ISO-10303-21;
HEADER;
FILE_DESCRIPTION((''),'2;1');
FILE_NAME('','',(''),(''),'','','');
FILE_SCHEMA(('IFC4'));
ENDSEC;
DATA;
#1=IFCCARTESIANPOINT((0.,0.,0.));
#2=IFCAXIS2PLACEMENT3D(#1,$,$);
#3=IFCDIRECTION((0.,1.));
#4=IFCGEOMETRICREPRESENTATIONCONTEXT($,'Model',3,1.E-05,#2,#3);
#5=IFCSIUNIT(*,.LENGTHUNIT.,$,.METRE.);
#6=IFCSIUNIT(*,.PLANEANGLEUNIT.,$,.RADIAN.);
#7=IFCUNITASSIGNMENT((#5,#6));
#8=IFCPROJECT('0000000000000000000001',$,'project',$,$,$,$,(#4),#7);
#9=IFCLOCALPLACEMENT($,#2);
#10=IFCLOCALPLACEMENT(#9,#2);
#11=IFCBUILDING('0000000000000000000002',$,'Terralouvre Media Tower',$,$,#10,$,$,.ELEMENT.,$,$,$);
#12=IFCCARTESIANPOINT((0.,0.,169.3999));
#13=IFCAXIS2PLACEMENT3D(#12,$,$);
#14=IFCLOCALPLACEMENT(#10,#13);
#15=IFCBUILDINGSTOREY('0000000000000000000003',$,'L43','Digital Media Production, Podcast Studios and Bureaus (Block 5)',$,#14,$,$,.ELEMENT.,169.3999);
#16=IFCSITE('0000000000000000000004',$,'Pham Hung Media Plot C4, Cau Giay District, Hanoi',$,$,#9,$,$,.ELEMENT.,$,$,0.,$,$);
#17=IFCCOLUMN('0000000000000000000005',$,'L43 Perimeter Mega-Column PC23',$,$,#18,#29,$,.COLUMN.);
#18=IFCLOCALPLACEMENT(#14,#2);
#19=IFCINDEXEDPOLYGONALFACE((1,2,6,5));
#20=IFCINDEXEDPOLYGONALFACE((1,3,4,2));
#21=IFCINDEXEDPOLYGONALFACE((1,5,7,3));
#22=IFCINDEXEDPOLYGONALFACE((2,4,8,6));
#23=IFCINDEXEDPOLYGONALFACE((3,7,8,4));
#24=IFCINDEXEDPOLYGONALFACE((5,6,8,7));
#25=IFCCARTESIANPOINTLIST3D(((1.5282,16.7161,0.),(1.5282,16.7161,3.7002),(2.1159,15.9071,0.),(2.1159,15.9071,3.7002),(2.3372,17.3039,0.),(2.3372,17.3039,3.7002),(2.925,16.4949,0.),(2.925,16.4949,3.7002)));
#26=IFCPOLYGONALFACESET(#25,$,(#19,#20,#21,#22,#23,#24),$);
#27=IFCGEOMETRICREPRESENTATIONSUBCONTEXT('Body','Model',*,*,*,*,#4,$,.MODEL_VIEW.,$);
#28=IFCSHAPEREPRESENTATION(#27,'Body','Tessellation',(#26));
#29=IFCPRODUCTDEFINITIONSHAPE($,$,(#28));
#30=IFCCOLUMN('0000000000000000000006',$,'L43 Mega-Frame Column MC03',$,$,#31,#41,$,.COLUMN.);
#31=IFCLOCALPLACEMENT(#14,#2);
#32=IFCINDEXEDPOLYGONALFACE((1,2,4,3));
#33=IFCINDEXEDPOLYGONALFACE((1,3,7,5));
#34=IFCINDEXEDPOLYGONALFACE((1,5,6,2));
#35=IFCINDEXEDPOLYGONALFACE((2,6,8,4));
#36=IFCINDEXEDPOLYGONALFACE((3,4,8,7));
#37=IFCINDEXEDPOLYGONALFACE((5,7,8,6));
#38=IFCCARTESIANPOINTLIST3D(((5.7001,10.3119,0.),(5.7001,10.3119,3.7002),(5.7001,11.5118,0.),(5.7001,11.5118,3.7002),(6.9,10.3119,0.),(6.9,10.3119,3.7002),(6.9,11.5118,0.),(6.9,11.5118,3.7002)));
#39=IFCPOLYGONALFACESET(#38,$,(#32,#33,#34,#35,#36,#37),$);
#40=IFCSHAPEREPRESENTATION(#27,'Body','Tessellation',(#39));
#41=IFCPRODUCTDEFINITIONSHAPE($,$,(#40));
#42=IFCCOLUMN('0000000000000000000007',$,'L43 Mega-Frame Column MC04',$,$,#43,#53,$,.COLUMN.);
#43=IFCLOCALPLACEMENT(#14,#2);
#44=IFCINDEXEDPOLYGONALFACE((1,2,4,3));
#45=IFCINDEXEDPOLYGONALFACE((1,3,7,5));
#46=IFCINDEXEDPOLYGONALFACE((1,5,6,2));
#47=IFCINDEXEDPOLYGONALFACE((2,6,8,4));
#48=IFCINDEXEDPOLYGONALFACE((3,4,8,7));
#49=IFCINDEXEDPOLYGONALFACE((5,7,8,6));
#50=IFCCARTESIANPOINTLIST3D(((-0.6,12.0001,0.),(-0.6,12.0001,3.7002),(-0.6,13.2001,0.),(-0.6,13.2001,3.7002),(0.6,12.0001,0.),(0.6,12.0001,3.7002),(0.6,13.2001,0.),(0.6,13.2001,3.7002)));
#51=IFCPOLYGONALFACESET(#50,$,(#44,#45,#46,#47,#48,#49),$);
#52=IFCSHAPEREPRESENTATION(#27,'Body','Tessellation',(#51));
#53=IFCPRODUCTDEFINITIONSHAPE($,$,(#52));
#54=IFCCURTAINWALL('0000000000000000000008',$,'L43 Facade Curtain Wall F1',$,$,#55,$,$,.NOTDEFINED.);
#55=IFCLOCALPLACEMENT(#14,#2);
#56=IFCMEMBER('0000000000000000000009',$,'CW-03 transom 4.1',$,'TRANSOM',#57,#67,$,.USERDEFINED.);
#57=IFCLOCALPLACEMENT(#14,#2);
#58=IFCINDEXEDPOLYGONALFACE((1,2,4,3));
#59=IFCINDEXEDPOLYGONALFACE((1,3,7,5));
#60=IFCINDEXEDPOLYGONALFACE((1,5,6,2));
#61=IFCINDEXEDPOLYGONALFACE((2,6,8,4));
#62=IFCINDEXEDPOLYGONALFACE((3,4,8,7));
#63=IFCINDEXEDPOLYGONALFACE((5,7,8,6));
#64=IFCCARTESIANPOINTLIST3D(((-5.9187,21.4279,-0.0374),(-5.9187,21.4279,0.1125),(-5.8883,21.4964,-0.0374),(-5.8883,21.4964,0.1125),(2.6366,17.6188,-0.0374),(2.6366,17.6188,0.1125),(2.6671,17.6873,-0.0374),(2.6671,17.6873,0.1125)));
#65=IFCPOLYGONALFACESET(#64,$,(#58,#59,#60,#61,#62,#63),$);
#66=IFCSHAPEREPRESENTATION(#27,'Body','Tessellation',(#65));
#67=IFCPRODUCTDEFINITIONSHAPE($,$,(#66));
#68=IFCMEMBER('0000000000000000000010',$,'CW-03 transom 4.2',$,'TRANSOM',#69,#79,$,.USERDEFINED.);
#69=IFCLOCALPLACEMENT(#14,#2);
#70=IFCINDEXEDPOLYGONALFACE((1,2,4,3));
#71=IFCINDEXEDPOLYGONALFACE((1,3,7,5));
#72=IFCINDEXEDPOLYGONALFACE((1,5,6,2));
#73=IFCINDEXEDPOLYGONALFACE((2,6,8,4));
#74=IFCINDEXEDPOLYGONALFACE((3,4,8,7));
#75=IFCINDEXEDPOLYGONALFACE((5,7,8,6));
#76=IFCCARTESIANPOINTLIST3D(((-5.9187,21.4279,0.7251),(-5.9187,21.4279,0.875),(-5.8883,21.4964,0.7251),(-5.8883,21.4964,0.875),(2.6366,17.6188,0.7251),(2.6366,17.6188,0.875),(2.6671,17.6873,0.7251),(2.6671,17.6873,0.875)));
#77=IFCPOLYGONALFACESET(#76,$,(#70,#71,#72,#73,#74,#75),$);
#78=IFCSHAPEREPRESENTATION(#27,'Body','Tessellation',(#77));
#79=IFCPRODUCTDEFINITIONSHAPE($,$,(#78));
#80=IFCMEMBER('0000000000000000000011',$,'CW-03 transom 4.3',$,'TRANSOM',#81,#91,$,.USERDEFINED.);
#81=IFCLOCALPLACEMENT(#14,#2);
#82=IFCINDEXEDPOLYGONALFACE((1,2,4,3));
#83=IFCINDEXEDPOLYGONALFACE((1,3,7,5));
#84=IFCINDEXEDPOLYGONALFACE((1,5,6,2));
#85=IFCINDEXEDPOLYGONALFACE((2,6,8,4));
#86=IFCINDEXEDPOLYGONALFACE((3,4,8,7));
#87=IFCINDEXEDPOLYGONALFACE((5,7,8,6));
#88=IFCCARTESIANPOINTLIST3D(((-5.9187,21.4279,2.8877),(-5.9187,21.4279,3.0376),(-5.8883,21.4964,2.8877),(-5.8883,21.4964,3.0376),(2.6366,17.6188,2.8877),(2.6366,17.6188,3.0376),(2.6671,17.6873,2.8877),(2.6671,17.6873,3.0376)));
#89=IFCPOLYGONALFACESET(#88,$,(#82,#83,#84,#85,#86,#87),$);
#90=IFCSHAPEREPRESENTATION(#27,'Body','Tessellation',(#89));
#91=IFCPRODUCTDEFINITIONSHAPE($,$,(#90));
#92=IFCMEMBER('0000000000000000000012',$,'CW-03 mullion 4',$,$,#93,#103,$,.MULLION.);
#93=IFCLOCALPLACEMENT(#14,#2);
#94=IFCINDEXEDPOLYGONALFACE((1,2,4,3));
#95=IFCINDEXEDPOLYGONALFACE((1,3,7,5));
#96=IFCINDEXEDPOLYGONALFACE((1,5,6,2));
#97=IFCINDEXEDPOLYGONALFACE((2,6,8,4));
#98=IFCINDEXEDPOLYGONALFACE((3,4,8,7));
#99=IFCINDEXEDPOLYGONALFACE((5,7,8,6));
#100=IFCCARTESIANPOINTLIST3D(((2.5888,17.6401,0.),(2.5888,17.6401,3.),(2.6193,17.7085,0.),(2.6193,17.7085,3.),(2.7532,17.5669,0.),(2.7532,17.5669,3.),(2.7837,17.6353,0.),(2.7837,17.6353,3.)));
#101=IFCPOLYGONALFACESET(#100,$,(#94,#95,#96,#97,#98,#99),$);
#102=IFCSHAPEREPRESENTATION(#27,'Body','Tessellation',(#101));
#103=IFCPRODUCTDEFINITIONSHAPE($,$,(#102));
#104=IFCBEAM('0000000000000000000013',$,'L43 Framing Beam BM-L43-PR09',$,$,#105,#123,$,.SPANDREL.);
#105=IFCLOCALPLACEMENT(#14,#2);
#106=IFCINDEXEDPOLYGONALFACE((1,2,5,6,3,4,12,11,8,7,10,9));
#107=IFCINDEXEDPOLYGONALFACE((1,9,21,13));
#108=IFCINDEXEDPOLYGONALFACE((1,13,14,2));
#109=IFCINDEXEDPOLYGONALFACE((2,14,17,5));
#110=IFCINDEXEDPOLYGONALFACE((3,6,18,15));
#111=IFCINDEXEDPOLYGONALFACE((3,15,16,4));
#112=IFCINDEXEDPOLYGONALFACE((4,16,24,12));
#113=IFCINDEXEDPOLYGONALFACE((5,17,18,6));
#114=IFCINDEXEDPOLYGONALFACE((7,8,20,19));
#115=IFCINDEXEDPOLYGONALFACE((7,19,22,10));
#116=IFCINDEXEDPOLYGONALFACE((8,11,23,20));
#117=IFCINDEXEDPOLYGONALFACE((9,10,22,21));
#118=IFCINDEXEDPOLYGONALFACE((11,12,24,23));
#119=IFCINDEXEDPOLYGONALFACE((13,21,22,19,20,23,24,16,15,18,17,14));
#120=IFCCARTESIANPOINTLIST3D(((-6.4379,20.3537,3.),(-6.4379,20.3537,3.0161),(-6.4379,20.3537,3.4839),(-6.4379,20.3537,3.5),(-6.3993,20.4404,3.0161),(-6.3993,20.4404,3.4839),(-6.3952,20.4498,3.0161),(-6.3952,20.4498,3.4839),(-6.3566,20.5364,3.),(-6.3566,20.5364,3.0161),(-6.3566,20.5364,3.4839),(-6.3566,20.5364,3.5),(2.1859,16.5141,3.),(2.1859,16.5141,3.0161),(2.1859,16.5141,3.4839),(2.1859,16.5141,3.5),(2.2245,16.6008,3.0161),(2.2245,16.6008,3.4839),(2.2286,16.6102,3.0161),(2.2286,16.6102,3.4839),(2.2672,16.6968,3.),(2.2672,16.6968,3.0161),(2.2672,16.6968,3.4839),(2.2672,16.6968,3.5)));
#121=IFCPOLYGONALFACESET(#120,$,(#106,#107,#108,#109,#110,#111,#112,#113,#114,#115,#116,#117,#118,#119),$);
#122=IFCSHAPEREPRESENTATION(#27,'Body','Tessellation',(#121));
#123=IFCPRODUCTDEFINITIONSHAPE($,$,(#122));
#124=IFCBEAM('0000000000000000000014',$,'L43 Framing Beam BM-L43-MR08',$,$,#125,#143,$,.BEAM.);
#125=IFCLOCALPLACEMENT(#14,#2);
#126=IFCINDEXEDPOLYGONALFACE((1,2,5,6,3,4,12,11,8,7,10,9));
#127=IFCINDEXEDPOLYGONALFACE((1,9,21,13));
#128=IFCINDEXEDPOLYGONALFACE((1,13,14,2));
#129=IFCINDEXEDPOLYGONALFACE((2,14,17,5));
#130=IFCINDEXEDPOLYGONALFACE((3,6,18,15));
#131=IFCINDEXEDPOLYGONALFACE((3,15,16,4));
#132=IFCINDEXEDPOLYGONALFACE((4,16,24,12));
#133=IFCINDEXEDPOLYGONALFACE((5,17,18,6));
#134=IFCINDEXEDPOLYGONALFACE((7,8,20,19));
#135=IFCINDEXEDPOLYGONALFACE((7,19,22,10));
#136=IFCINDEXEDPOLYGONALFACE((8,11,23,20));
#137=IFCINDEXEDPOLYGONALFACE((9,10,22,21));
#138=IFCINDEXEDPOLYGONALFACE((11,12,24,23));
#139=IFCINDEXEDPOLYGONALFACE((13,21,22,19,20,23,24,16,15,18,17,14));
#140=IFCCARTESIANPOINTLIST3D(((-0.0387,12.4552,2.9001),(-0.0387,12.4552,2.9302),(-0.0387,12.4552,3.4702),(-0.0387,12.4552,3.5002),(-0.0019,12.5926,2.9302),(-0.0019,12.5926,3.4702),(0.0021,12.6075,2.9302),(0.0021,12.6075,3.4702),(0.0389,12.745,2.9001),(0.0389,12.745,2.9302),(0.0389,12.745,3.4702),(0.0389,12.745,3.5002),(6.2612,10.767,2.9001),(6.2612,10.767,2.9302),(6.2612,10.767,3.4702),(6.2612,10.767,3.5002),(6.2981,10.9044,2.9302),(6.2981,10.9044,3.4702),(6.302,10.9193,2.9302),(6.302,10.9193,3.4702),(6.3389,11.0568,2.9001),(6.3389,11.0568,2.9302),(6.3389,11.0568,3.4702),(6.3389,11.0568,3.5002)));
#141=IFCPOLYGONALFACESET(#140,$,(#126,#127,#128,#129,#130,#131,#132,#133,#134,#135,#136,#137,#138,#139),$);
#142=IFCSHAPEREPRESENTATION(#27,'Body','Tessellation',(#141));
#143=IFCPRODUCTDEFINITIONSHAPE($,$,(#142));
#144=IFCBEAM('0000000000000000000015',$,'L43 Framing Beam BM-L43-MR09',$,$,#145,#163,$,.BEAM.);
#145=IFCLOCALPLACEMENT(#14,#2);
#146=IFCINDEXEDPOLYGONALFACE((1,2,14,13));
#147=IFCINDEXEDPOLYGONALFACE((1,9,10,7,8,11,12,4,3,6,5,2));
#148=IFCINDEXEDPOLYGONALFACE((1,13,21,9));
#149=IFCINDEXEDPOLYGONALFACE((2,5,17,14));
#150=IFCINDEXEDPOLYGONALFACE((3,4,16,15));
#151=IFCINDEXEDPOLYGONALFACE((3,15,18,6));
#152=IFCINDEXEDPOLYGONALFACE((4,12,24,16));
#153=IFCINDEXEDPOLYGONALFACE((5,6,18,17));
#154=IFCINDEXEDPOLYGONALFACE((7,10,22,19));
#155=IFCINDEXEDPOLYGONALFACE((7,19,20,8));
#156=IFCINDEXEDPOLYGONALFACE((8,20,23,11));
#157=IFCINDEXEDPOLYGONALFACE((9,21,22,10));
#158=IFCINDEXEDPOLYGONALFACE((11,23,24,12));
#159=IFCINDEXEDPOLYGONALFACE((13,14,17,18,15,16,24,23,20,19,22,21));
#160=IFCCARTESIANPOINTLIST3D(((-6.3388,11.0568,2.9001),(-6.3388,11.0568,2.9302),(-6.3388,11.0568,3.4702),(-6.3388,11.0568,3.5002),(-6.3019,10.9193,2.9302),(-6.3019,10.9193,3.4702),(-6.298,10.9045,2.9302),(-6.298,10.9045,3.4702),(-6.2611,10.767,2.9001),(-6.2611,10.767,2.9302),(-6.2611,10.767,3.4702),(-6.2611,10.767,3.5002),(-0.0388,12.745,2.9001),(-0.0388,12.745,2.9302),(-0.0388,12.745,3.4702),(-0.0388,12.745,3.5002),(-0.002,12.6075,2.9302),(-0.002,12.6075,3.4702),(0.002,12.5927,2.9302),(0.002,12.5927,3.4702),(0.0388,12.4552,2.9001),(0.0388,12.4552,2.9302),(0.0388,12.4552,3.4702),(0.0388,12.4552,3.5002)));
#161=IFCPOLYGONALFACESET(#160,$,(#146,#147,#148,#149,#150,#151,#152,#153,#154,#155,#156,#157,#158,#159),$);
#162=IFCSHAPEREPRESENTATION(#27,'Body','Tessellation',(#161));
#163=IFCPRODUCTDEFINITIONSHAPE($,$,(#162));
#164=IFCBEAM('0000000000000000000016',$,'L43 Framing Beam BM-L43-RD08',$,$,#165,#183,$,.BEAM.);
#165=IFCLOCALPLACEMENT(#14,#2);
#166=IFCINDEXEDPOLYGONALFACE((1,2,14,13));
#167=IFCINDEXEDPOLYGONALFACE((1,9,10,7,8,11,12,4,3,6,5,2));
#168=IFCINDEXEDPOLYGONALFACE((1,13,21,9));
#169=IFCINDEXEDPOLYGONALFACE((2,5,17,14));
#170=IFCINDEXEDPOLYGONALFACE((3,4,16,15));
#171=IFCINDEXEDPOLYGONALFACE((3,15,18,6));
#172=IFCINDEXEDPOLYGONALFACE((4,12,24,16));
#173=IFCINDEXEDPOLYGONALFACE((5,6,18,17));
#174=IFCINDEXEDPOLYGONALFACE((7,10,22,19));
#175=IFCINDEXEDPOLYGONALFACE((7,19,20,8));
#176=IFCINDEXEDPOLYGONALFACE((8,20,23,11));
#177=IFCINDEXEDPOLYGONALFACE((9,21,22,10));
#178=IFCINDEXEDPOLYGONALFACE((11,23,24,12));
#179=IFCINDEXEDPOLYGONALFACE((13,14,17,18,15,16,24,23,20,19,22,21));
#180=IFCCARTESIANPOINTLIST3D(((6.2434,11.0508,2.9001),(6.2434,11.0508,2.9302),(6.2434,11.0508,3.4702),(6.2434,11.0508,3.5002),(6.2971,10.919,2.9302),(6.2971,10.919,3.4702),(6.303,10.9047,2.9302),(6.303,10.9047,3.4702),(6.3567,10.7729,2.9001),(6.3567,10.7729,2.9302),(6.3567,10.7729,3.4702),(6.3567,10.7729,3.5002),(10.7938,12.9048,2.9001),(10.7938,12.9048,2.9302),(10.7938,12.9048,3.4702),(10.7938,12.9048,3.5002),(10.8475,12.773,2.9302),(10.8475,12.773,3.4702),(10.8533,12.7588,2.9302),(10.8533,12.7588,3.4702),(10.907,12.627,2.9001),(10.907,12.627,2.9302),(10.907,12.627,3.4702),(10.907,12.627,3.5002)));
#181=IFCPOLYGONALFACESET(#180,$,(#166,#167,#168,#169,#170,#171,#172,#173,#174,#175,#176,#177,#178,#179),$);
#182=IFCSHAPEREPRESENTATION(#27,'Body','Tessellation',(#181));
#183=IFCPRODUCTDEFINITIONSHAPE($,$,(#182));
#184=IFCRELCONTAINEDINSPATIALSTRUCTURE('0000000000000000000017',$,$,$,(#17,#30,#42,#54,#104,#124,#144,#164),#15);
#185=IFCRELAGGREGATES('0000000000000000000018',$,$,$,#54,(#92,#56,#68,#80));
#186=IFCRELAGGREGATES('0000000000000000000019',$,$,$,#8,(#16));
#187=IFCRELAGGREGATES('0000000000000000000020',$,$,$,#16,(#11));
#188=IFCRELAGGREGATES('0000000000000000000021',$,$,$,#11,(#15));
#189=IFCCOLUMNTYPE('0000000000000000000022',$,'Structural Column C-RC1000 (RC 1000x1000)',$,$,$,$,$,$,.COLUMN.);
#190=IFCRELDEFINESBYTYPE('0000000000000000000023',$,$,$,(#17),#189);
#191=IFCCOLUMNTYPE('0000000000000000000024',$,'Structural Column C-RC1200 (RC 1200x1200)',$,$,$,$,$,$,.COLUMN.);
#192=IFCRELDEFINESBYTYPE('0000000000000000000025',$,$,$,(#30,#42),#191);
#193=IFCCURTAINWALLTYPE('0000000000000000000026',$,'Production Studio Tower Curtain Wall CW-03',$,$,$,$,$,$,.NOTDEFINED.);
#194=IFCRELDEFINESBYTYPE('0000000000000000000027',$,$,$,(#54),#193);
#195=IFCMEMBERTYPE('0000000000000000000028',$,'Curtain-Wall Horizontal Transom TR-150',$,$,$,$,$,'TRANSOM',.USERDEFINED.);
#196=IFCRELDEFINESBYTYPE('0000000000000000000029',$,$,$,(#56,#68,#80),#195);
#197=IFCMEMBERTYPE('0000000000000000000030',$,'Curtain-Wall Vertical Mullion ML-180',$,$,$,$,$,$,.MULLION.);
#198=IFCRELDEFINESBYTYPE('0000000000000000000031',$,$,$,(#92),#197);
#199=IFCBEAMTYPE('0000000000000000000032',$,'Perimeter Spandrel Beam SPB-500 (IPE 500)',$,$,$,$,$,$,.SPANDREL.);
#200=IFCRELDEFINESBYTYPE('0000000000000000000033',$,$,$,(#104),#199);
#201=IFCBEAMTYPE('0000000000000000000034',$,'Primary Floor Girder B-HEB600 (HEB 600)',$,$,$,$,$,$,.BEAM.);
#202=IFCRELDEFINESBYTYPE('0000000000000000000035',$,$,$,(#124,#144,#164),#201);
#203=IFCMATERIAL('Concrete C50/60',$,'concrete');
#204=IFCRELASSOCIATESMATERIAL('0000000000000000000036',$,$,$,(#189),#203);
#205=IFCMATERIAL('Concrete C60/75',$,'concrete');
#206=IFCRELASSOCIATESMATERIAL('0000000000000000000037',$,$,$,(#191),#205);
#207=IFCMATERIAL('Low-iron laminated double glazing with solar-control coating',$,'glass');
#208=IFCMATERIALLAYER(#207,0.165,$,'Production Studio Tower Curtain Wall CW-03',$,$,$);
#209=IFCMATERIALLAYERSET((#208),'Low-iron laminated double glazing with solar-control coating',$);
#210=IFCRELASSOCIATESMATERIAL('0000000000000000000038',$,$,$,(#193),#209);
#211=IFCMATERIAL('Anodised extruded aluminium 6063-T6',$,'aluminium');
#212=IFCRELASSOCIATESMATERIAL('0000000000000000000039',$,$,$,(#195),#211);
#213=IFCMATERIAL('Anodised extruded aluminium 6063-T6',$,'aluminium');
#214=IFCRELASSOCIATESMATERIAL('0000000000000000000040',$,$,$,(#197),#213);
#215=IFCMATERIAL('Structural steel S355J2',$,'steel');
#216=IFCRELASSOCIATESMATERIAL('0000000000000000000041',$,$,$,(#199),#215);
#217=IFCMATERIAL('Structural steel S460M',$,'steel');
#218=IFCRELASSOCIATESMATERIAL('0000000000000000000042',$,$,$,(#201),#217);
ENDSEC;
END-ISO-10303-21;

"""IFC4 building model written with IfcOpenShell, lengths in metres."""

from ifc_helpers import new_model, si_unit, direction, frame, origin, origin_2d, place, context, subcontext, project, spatial, rectangle, i_section, extrude, material, layer, layer_set, material_profile, profile_set, type_object, element, aggregate, save


model = new_model("IFC4")

# Units and contexts
model_context = context("Model", 3, precision=1e-05, world=origin(), true_north=direction((0.0, 1.0)))
body_context = subcontext(model_context, "Body", "Model", "MODEL_VIEW")
ifc_project = project(units=[si_unit("LENGTHUNIT", "METRE"), si_unit("PLANEANGLEUNIT", "RADIAN")], contexts=[model_context])

# Site, building, storey
site_placement = place(None, origin())
site = spatial("IfcSite", under=ifc_project, at=site_placement, Name="Pham Hung Media Plot C4, Cau Giay District, Hanoi", CompositionType="ELEMENT", RefElevation=0.0)
building_placement = place(site_placement, origin())
building = spatial("IfcBuilding", under=site, at=building_placement, Name="Terralouvre Media Tower", CompositionType="ELEMENT")
storey_placement = place(building_placement, frame((0.0, 0.0, 169.3999)))
storey = spatial("IfcBuildingStorey", under=building, at=storey_placement, Name="L43", Description="Digital Media Production, Podcast Studios and Bureaus (Block 5)", CompositionType="ELEMENT", Elevation=169.3999)

# Columns
ifc_material_1 = material(Name="Concrete C50/60", Category="concrete")
ifc_material_profile_1 = material_profile(ifc_material_1, rectangle(XDim=1.0, YDim=1.0, at=origin_2d()), Name="RC 1000x1000")
ifc_profile_set_1 = profile_set([ifc_material_profile_1], Name="Concrete C50/60")
column_type_1 = type_object("IfcColumnType", Name="Structural Column C-RC1000 (RC 1000x1000)", PredefinedType="COLUMN", material=ifc_profile_set_1)
column_placement = place(storey_placement, frame((2.2266, 16.6055, 0.0), z_axis=(0.0, 0.0, 1.0), x_axis=(0.809017, 0.587785, 0.0)))
element("IfcColumn", 1, at=column_placement, inside=storey, type_object=column_type_1, Name="L43 Perimeter Mega-Column PC23", PredefinedType="COLUMN", context=body_context, shape_type="SweptSolid", body=[
    extrude(rectangle(XDim=1.0, YDim=1.0, at=origin_2d()), origin(), (0.0, 0.0, 1.0), 3.7002),
])
ifc_material_2 = material(Name="Concrete C60/75", Category="concrete")
ifc_material_profile_2 = material_profile(ifc_material_2, rectangle(XDim=1.2, YDim=1.2, at=origin_2d()), Name="RC 1200x1200")
ifc_profile_set_2 = profile_set([ifc_material_profile_2], Name="Concrete C60/75")
column_type_2 = type_object("IfcColumnType", Name="Structural Column C-RC1200 (RC 1200x1200)", PredefinedType="COLUMN", material=ifc_profile_set_2)
for number, where, z_axis, x_axis, name in (
    (2, (6.3, 10.9119, 0.0), (0.0, 0.0, 1.0), (1.0, 0.0, 0.0), "L43 Mega-Frame Column MC03"),
    (3, (0.0, 12.6001, 0.0), (0.0, 0.0, 1.0), (1.0, 0.0, 0.0), "L43 Mega-Frame Column MC04"),
):
    element("IfcColumn", number, at=place(storey_placement, frame(where, z_axis=z_axis, x_axis=x_axis)), inside=storey, type_object=column_type_2, Name=name, PredefinedType="COLUMN", context=body_context, shape_type="SweptSolid", body=[
        extrude(rectangle(XDim=1.2, YDim=1.2, at=origin_2d()), origin(), (0.0, 0.0, 1.0), 3.7002),
    ])

# Curtain wall, members
ifc_material_3 = material(Name="Low-iron laminated double glazing with solar-control coating", Category="glass")
ifc_layer_1 = layer(ifc_material_3, 0.165, Name="Production Studio Tower Curtain Wall CW-03")
ifc_layer_set_1 = layer_set([ifc_layer_1], Name="Low-iron laminated double glazing with solar-control coating")
curtain_wall_type = type_object("IfcCurtainWallType", Name="Production Studio Tower Curtain Wall CW-03", PredefinedType="NOTDEFINED", material=ifc_layer_set_1)
curtain_wall_placement = place(storey_placement, origin())
curtain_wall = element("IfcCurtainWall", 4, at=curtain_wall_placement, inside=storey, type_object=curtain_wall_type, Name="L43 Facade Curtain Wall F1", PredefinedType="NOTDEFINED")
ifc_material_4 = material(Name="Anodised extruded aluminium 6063-T6", Category="aluminium")
ifc_material_profile_3 = material_profile(ifc_material_4, rectangle(XDim=0.075, YDim=0.1499, at=origin_2d()), Name="ALU 75x150")
ifc_profile_set_3 = profile_set([ifc_material_profile_3], Name="Anodised extruded aluminium 6063-T6")
member_type_1 = type_object("IfcMemberType", Name="Curtain-Wall Horizontal Transom TR-150", ElementType="TRANSOM", PredefinedType="USERDEFINED", material=ifc_profile_set_3)
member_1_placement = place(storey_placement, frame((2.6519, 17.6531, 0.0376), z_axis=(-0.913547, 0.406733, 0.0), x_axis=(-0.406733, -0.913547, 0.0)))
member_1 = element("IfcMember", 5, at=member_1_placement, type_object=member_type_1, Name="CW-03 transom 4.1", ObjectType="TRANSOM", PredefinedType="USERDEFINED", context=body_context, shape_type="SweptSolid", body=[
    extrude(rectangle(XDim=0.075, YDim=0.1499, at=origin_2d()), origin(), (0.0, 0.0, 1.0), 9.365),
])
member_2_placement = place(storey_placement, frame((2.6519, 17.6531, 0.8), z_axis=(-0.913547, 0.406733, 0.0), x_axis=(-0.406733, -0.913547, 0.0)))
member_2 = element("IfcMember", 6, at=member_2_placement, type_object=member_type_1, Name="CW-03 transom 4.2", ObjectType="TRANSOM", PredefinedType="USERDEFINED", context=body_context, shape_type="SweptSolid", body=[
    extrude(rectangle(XDim=0.075, YDim=0.1499, at=origin_2d()), origin(), (0.0, 0.0, 1.0), 9.365),
])
member_3_placement = place(storey_placement, frame((2.6519, 17.6531, 2.9626), z_axis=(-0.913547, 0.406733, 0.0), x_axis=(-0.406733, -0.913547, 0.0)))
member_3 = element("IfcMember", 7, at=member_3_placement, type_object=member_type_1, Name="CW-03 transom 4.3", ObjectType="TRANSOM", PredefinedType="USERDEFINED", context=body_context, shape_type="SweptSolid", body=[
    extrude(rectangle(XDim=0.075, YDim=0.1499, at=origin_2d()), origin(), (0.0, 0.0, 1.0), 9.365),
])
ifc_material_5 = material(Name="Anodised extruded aluminium 6063-T6", Category="aluminium")
ifc_material_profile_4 = material_profile(ifc_material_5, rectangle(XDim=0.075, YDim=0.1799, at=origin_2d()), Name="ALU 75x180")
ifc_profile_set_4 = profile_set([ifc_material_profile_4], Name="Anodised extruded aluminium 6063-T6")
member_type_2 = type_object("IfcMemberType", Name="Curtain-Wall Vertical Mullion ML-180", PredefinedType="MULLION", material=ifc_profile_set_4)
member_4_placement = place(storey_placement, frame((2.6863, 17.6377, 0.0), z_axis=(0.0, 0.0, 1.0), x_axis=(-0.406737, -0.913545, 0.0)))
member_4 = element("IfcMember", 8, at=member_4_placement, type_object=member_type_2, Name="CW-03 mullion 4", PredefinedType="MULLION", context=body_context, shape_type="SweptSolid", body=[
    extrude(rectangle(XDim=0.075, YDim=0.1799, at=origin_2d()), origin(), (0.0, 0.0, 1.0), 3.0),
])

# Beams
ifc_material_6 = material(Name="Structural steel S355J2", Category="steel")
ifc_material_profile_5 = material_profile(ifc_material_6, i_section(OverallWidth=0.2, OverallDepth=0.5, WebThickness=0.0103, FlangeThickness=0.0161, at=origin_2d()), Name="IPE 500")
ifc_profile_set_5 = profile_set([ifc_material_profile_5], Name="Structural steel S355J2")
beam_type_1 = type_object("IfcBeamType", Name="Perimeter Spandrel Beam SPB-500 (IPE 500)", PredefinedType="SPANDREL", material=ifc_profile_set_5)
beam_1_placement = place(storey_placement, frame((2.2266, 16.6055, 3.25), z_axis=(-0.913544, 0.406741, 0.0), x_axis=(-0.406741, -0.913544, 0.0)))
element("IfcBeam", 9, at=beam_1_placement, inside=storey, type_object=beam_type_1, Name="L43 Framing Beam BM-L43-PR09", PredefinedType="SPANDREL", context=body_context, shape_type="SweptSolid", body=[
    extrude(i_section(OverallWidth=0.2, OverallDepth=0.5, WebThickness=0.0103, FlangeThickness=0.0161, at=origin_2d()), origin(), (0.0, 0.0, 1.0), 9.4399),
])
ifc_material_7 = material(Name="Structural steel S460M", Category="steel")
ifc_material_profile_6 = material_profile(ifc_material_7, i_section(OverallWidth=0.3, OverallDepth=0.6001, WebThickness=0.0154, FlangeThickness=0.03, at=origin_2d()), Name="HEB 600")
ifc_profile_set_6 = profile_set([ifc_material_profile_6], Name="Structural steel S460M")
beam_type_2 = type_object("IfcBeamType", Name="Primary Floor Girder B-HEB600 (HEB 600)", PredefinedType="BEAM", material=ifc_profile_set_6)
for number, where, z_axis, x_axis, name in (
    (10, (6.3, 10.9119, 3.2002), (-0.96592, 0.258839, 0.0), (-0.258839, -0.96592, 0.0), "L43 Framing Beam BM-L43-MR08"),
    (11, (0.0, 12.6001, 3.2002), (-0.96592, -0.258839, 0.0), (0.258839, -0.96592, 0.0), "L43 Framing Beam BM-L43-MR09"),
):
    element("IfcBeam", number, at=place(storey_placement, frame(where, z_axis=z_axis, x_axis=x_axis)), inside=storey, type_object=beam_type_2, Name=name, PredefinedType="BEAM", context=body_context, shape_type="SweptSolid", body=[
        extrude(i_section(OverallWidth=0.3, OverallDepth=0.6001, WebThickness=0.0154, FlangeThickness=0.03, at=origin_2d()), origin(), (0.0, 0.0, 1.0), 6.5222),
    ])
beam_2_placement = place(storey_placement, frame((6.3, 10.9119, 3.2002), z_axis=(0.926079, 0.377328, 0.0), x_axis=(-0.377328, 0.926079, 0.0)))
element("IfcBeam", 12, at=beam_2_placement, inside=storey, type_object=beam_type_2, Name="L43 Framing Beam BM-L43-RD08", PredefinedType="BEAM", context=body_context, shape_type="SweptSolid", body=[
    extrude(i_section(OverallWidth=0.3, OverallDepth=0.6001, WebThickness=0.0154, FlangeThickness=0.03, at=origin_2d()), origin(), (0.0, 0.0, 1.0), 4.9136),
])

aggregate(curtain_wall, [member_4, member_1, member_2, member_3])

save(model, "model.ifc")
